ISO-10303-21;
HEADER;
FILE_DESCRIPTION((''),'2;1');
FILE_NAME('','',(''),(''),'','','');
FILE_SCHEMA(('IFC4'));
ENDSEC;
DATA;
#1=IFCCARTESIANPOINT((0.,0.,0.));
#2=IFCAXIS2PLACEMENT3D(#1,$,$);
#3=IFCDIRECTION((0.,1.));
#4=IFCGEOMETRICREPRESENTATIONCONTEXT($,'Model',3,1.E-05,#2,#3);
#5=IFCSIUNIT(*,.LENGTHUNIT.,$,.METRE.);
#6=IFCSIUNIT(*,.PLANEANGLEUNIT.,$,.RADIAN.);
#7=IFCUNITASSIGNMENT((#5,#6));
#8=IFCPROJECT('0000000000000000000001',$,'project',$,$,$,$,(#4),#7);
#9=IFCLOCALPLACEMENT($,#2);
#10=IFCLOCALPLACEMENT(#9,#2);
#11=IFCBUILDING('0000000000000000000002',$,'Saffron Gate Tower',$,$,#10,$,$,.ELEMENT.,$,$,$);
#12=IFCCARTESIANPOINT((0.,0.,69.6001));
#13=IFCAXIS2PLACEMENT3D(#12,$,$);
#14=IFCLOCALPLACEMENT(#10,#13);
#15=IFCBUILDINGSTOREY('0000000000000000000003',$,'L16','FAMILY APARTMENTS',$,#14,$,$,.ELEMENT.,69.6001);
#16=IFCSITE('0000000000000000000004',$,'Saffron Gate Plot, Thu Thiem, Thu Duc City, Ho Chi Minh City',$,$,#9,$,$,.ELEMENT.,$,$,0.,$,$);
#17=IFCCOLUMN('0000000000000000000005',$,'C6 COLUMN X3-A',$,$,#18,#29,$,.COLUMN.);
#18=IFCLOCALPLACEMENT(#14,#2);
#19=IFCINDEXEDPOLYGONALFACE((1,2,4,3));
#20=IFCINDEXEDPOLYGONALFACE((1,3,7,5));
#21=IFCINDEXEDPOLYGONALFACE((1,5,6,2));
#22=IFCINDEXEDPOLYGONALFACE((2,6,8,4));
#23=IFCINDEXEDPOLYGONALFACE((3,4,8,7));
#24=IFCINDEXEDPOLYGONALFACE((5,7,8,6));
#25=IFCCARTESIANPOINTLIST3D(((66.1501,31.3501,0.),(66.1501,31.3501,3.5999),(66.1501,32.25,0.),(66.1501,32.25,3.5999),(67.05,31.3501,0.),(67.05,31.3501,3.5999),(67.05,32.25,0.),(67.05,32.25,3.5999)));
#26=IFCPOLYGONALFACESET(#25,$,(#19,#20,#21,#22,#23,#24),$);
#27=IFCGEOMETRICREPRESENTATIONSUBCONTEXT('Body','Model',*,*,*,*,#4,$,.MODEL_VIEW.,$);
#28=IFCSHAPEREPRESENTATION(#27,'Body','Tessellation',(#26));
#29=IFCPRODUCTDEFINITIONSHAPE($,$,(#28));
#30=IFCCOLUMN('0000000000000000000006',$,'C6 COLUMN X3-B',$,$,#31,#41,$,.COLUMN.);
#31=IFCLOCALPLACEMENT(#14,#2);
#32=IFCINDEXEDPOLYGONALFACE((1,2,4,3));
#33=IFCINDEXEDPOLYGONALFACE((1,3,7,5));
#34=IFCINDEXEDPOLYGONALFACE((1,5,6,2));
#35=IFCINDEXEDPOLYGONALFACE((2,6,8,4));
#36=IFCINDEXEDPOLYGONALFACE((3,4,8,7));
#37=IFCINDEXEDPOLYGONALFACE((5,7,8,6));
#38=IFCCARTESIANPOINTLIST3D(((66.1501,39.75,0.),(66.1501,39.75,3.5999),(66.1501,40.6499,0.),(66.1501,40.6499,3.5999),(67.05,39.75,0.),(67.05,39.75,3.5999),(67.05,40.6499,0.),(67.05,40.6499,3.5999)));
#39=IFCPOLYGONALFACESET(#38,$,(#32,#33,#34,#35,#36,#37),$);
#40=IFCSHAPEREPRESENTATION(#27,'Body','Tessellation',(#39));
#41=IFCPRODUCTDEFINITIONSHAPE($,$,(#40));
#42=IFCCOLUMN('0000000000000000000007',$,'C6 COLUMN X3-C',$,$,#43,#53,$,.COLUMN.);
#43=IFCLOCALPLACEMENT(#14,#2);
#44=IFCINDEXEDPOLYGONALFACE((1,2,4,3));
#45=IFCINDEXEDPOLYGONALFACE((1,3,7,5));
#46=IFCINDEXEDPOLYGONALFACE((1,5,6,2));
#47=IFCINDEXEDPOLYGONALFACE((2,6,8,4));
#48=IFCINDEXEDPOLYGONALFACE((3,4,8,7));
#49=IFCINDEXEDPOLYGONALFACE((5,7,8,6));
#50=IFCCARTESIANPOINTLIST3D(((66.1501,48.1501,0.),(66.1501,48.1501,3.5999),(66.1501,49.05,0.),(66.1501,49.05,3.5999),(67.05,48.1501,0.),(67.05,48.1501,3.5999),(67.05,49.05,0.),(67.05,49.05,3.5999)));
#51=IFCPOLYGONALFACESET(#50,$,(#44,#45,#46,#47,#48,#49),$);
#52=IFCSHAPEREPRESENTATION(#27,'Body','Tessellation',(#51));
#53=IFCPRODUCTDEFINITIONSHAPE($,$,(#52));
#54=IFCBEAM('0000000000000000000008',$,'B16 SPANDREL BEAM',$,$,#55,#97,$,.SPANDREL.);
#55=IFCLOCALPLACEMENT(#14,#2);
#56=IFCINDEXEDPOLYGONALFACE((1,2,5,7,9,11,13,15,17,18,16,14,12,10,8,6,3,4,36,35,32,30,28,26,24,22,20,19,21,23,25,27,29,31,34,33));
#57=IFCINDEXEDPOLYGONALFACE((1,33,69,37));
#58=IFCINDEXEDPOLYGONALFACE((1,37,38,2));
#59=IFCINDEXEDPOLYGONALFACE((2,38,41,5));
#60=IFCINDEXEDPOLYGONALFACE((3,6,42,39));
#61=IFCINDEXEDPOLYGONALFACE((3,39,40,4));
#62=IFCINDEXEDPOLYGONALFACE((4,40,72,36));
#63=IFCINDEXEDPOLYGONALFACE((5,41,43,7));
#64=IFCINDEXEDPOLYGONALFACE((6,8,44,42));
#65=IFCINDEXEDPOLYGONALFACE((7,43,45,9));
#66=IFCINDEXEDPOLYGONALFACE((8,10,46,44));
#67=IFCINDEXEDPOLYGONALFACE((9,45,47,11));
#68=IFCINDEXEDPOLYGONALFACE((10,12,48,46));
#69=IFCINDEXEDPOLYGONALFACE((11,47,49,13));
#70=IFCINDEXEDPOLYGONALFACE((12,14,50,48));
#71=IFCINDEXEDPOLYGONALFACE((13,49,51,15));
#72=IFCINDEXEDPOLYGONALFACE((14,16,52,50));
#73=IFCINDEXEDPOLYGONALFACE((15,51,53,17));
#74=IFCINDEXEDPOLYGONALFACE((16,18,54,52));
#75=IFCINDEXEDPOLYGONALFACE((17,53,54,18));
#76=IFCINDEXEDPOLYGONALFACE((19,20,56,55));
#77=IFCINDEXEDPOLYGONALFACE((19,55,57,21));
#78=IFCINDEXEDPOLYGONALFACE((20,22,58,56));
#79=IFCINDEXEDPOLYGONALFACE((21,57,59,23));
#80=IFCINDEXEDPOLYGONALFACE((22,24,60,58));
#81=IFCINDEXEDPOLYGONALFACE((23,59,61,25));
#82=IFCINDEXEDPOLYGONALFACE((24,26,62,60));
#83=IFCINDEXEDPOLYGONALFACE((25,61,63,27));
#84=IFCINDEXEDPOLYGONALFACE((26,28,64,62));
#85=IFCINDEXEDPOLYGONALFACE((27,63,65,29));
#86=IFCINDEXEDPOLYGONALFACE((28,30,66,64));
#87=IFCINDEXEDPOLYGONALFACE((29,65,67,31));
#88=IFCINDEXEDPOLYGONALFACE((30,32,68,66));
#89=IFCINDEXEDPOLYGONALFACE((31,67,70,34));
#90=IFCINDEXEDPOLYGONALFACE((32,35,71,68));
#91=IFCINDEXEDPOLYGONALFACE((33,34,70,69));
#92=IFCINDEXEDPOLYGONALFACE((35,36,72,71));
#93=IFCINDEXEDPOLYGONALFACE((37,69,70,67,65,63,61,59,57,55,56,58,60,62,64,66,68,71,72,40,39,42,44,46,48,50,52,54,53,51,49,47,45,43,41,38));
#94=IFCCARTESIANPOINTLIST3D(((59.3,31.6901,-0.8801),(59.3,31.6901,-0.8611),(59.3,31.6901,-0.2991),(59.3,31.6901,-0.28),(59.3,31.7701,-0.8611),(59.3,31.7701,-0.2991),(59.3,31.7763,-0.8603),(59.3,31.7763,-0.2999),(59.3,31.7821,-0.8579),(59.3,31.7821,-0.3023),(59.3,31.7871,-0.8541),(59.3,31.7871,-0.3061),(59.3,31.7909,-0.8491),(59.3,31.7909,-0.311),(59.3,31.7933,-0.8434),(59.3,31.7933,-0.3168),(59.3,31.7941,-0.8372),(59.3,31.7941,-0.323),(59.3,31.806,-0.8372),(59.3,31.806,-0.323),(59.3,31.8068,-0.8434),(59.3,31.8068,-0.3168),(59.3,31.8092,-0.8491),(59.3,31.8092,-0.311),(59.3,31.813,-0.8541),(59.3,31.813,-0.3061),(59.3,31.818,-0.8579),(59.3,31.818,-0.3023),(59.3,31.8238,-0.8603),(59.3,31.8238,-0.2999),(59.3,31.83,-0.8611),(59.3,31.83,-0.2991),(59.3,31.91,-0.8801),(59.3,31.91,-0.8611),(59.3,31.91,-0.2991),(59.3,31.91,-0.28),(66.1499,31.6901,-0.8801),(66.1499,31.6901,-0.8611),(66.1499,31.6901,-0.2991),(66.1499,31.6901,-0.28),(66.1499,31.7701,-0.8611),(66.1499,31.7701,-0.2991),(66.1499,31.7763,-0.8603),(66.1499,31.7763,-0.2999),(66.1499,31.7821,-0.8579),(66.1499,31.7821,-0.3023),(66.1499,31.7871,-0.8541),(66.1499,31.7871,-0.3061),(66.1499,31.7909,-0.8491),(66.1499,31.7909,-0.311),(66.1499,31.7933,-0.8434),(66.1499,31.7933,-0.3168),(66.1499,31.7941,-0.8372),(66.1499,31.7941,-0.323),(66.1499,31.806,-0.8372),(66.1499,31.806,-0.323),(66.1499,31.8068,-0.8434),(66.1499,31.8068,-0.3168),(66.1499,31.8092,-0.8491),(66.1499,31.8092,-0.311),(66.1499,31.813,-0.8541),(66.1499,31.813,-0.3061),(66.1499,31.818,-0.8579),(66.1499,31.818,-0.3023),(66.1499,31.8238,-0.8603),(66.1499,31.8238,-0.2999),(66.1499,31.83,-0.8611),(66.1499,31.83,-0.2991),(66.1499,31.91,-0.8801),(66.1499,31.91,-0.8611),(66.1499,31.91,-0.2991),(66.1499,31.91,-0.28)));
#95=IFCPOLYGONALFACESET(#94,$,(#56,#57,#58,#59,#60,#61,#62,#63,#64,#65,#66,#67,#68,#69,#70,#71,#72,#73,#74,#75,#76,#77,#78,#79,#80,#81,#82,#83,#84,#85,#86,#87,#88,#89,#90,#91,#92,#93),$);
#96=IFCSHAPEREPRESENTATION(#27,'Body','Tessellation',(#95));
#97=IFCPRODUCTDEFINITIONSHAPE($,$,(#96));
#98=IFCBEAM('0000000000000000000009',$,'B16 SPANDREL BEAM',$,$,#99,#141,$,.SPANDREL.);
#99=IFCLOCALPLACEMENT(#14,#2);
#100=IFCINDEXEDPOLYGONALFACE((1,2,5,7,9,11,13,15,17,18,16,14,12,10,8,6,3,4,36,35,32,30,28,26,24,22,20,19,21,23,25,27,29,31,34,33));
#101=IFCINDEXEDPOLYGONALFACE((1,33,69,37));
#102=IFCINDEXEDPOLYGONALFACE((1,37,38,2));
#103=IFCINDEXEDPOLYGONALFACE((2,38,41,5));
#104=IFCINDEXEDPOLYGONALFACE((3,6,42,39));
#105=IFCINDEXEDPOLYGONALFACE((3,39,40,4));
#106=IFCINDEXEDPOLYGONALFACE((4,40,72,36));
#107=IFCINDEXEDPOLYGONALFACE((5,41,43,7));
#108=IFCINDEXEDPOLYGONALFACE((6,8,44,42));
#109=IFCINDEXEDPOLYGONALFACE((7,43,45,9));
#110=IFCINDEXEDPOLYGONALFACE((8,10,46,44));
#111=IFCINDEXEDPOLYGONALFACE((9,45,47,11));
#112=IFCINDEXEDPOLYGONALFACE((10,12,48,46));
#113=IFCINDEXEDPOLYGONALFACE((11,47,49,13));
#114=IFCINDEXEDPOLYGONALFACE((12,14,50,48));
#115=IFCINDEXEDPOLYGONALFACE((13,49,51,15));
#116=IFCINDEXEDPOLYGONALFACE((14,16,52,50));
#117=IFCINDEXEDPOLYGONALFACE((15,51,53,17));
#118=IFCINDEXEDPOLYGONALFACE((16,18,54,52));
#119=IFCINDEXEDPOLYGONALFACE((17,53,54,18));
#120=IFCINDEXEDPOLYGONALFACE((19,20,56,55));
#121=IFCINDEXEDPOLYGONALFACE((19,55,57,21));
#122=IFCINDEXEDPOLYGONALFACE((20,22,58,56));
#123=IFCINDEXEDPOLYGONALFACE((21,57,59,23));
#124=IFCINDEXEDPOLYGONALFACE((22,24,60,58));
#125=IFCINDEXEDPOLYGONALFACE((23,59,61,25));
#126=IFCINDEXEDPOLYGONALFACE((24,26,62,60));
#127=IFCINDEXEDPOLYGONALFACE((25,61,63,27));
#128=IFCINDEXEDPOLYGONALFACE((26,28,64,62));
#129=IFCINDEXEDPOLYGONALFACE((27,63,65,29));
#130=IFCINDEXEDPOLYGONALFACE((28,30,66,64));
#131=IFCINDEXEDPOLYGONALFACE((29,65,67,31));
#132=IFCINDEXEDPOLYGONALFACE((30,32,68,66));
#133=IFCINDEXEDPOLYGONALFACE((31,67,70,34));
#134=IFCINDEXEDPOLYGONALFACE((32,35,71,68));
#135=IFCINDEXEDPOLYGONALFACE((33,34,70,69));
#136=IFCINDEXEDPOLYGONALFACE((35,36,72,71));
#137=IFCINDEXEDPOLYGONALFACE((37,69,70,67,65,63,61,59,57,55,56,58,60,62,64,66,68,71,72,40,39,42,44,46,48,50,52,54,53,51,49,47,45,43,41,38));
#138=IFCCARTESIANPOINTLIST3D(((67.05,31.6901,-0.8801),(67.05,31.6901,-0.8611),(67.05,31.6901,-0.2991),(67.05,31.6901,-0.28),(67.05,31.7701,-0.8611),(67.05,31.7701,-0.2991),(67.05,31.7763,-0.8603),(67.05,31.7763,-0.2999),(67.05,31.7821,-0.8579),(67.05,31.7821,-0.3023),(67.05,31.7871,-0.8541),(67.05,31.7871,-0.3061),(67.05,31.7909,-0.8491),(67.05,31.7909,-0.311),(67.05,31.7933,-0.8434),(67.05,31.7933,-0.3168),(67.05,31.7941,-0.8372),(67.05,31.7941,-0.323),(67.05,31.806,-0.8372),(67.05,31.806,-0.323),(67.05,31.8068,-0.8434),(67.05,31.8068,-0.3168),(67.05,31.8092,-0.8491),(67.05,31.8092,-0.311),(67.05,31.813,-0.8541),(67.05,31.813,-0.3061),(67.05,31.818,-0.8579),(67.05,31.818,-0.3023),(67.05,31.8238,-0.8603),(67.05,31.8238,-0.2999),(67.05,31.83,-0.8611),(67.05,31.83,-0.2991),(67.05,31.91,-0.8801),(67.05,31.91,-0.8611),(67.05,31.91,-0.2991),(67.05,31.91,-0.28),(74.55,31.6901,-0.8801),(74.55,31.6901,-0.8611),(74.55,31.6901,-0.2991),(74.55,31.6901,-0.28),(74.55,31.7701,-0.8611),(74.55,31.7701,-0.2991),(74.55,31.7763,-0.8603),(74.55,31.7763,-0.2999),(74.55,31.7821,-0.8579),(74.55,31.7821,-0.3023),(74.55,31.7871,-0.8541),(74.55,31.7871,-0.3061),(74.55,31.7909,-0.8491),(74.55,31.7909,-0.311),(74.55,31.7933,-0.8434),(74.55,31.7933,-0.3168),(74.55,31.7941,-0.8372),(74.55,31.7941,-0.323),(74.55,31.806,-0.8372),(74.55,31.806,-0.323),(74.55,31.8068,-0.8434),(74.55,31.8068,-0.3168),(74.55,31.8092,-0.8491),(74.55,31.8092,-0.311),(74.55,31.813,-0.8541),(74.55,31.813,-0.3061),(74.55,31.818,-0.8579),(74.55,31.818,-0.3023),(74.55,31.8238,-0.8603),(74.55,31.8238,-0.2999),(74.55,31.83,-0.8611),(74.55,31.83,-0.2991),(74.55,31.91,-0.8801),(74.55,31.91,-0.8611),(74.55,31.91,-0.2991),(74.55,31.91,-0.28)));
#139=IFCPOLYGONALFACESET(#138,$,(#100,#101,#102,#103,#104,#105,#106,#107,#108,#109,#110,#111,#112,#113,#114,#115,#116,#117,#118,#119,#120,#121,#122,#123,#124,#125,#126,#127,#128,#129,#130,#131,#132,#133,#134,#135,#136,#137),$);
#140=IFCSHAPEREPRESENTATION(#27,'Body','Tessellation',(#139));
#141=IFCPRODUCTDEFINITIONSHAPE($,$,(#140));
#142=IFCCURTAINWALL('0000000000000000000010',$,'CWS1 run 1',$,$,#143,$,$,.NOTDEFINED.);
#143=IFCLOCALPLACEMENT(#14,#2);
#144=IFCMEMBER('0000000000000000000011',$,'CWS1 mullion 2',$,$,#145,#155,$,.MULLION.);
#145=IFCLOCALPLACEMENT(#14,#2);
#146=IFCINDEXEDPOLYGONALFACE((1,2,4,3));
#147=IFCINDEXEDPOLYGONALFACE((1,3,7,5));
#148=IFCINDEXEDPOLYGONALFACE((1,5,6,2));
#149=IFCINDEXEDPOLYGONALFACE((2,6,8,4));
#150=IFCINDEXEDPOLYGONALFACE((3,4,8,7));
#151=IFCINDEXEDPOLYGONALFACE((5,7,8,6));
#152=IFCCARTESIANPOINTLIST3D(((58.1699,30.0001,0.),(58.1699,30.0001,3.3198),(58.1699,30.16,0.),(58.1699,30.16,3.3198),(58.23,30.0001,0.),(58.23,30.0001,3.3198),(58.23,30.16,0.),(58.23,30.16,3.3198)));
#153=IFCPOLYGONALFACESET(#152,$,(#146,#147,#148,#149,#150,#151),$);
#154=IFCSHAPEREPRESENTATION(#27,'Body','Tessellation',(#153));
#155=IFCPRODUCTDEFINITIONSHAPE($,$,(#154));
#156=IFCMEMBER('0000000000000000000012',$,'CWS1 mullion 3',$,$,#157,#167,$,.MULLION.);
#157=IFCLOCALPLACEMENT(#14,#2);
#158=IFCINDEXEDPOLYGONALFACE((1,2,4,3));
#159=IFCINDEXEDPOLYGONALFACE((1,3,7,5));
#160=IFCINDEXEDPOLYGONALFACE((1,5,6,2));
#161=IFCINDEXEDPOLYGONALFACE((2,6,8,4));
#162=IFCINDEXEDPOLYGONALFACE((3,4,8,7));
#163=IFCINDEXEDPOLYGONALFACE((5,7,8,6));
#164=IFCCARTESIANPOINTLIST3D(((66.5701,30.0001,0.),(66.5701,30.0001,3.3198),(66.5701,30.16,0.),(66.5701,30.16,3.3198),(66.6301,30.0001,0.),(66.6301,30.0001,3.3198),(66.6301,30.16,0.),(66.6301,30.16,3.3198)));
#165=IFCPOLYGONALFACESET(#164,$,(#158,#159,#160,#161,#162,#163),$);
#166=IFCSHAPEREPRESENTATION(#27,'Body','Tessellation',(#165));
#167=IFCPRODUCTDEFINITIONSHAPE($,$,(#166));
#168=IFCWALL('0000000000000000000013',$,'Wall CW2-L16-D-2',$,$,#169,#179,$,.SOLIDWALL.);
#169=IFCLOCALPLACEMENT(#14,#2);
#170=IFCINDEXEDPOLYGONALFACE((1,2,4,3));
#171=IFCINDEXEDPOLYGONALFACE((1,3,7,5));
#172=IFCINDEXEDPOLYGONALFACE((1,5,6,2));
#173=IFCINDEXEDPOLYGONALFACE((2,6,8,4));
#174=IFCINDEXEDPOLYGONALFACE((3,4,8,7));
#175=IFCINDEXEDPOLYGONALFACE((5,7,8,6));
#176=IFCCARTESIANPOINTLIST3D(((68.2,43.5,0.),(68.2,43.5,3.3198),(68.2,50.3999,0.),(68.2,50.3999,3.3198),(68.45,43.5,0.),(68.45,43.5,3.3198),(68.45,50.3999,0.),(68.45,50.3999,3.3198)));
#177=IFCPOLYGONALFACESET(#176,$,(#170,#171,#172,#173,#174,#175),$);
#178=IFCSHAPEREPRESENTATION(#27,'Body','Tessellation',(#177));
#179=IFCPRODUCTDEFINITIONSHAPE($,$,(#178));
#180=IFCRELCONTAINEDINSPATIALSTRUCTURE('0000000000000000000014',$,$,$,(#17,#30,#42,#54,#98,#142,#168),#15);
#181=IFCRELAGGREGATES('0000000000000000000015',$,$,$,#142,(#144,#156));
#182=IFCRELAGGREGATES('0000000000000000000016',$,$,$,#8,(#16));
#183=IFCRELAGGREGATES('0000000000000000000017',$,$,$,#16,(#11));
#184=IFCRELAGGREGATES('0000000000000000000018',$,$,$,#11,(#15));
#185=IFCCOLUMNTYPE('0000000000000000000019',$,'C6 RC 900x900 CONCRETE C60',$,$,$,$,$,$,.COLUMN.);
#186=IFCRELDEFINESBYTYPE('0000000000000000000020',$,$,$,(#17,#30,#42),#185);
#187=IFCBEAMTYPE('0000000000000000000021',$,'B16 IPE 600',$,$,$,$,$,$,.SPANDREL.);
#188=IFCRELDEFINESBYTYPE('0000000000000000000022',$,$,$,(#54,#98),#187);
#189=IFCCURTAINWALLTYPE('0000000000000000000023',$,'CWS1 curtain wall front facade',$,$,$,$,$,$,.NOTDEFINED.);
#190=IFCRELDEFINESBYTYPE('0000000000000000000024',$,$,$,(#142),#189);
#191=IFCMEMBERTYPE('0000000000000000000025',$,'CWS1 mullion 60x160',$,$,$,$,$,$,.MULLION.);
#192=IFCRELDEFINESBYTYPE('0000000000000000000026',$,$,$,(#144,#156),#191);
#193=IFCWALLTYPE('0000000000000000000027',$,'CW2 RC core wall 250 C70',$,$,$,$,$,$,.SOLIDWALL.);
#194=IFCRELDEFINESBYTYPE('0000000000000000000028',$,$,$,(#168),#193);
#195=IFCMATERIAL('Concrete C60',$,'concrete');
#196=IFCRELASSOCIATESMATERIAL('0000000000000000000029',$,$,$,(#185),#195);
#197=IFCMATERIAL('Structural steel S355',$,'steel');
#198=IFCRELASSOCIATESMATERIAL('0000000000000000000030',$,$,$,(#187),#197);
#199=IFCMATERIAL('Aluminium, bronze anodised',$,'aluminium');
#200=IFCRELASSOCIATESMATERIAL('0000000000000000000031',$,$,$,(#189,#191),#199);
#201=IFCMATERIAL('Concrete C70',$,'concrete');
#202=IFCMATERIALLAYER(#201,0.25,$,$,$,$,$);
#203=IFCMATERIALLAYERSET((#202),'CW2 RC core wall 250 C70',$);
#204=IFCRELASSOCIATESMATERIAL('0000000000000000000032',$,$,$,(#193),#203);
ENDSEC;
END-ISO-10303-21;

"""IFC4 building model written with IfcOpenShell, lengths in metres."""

from ifc_helpers import new_model, si_unit, direction, frame, frame_2d, origin, origin_2d, place, context, subcontext, project, spatial, rectangle, i_section, extrude, material, layer, layer_set, material_profile, profile_set, type_object, element, aggregate, save


model = new_model("IFC4")

# Units and contexts
model_context = context("Model", 3, precision=1e-05, world=origin(), true_north=direction((0.0, 1.0)))
body_context = subcontext(model_context, "Body", "Model", "MODEL_VIEW")
ifc_project = project(units=[si_unit("LENGTHUNIT", "METRE"), si_unit("PLANEANGLEUNIT", "RADIAN")], contexts=[model_context])

# Site, building, storey
site_placement = place(None, origin())
site = spatial("IfcSite", under=ifc_project, at=site_placement, Name="Saffron Gate Plot, Thu Thiem, Thu Duc City, Ho Chi Minh City", CompositionType="ELEMENT", RefElevation=0.0)
building_placement = place(site_placement, origin())
building = spatial("IfcBuilding", under=site, at=building_placement, Name="Saffron Gate Tower", CompositionType="ELEMENT")
storey_placement = place(building_placement, frame((0.0, 0.0, 69.6001)))
storey = spatial("IfcBuildingStorey", under=building, at=storey_placement, Name="L16", Description="FAMILY APARTMENTS", CompositionType="ELEMENT", Elevation=69.6001)

# Columns
ifc_material_1 = material(Name="Concrete C60", Category="concrete")
ifc_material_profile_1 = material_profile(ifc_material_1, rectangle(XDim=0.8999, YDim=0.8999, at=origin_2d()))
ifc_profile_set_1 = profile_set([ifc_material_profile_1], Name="Concrete C60")
column_type = type_object("IfcColumnType", Name="C6 RC 900x900 CONCRETE C60", PredefinedType="COLUMN", material=ifc_profile_set_1)
for number, where, z_axis, x_axis, name in (
    (1, (66.6001, 31.8, 0.0), (0.0, 0.0, 1.0), (1.0, 0.0, 0.0), "C6 COLUMN X3-A"),
    (2, (66.6001, 40.2, 0.0), (0.0, 0.0, 1.0), (1.0, 0.0, 0.0), "C6 COLUMN X3-B"),
    (3, (66.6001, 48.6001, 0.0), (0.0, 0.0, 1.0), (1.0, 0.0, 0.0), "C6 COLUMN X3-C"),
):
    element("IfcColumn", number, at=place(storey_placement, frame(where, z_axis=z_axis, x_axis=x_axis)), inside=storey, type_object=column_type, Name=name, PredefinedType="COLUMN", context=body_context, shape_type="SweptSolid", body=[
        extrude(rectangle(XDim=0.8999, YDim=0.8999, at=origin_2d()), origin(), (0.0, 0.0, 1.0), 3.5999),
    ])

# Beams
ifc_material_2 = material(Name="Structural steel S355", Category="steel")
ifc_material_profile_2 = material_profile(ifc_material_2, i_section(OverallWidth=0.22, OverallDepth=0.6001, WebThickness=0.012, FlangeThickness=0.019, FilletRadius=0.0239, at=origin_2d()))
ifc_profile_set_2 = profile_set([ifc_material_profile_2], Name="Structural steel S355")
beam_type = type_object("IfcBeamType", Name="B16 IPE 600", PredefinedType="SPANDREL", material=ifc_profile_set_2)
beam_1_placement = place(storey_placement, frame((59.3, 31.8, -0.5801), z_axis=(1.0, 0.0, 0.0), x_axis=(0.0, 1.0, 0.0)))
element("IfcBeam", 4, at=beam_1_placement, inside=storey, type_object=beam_type, Name="B16 SPANDREL BEAM", PredefinedType="SPANDREL", context=body_context, shape_type="SweptSolid", body=[
    extrude(i_section(OverallWidth=0.22, OverallDepth=0.6001, WebThickness=0.012, FlangeThickness=0.019, FilletRadius=0.0239, at=origin_2d()), origin(), (0.0, 0.0, 1.0), 6.8499),
])
beam_2_placement = place(storey_placement, frame((67.05, 31.8, -0.5801), z_axis=(1.0, 0.0, 0.0), x_axis=(0.0, 1.0, 0.0)))
element("IfcBeam", 5, at=beam_2_placement, inside=storey, type_object=beam_type, Name="B16 SPANDREL BEAM", PredefinedType="SPANDREL", context=body_context, shape_type="SweptSolid", body=[
    extrude(i_section(OverallWidth=0.22, OverallDepth=0.6001, WebThickness=0.012, FlangeThickness=0.019, FilletRadius=0.0239, at=origin_2d()), origin(), (0.0, 0.0, 1.0), 7.5),
])

# Curtain wall, members
ifc_material_3 = material(Name="Aluminium, bronze anodised", Category="aluminium")
curtain_wall_type = type_object("IfcCurtainWallType", Name="CWS1 curtain wall front facade", PredefinedType="NOTDEFINED", material=ifc_material_3)
curtain_wall_placement = place(storey_placement, origin())
curtain_wall = element("IfcCurtainWall", 6, at=curtain_wall_placement, inside=storey, type_object=curtain_wall_type, Name="CWS1 run 1", PredefinedType="NOTDEFINED")
ifc_material_profile_3 = material_profile(ifc_material_3, rectangle(XDim=0.1599, YDim=0.0601, at=origin_2d()))
ifc_profile_set_3 = profile_set([ifc_material_profile_3], Name="Aluminium, bronze anodised")
member_type = type_object("IfcMemberType", Name="CWS1 mullion 60x160", PredefinedType="MULLION", material=ifc_profile_set_3)
member_1_placement = place(storey_placement, frame((58.2, 30.0801, 0.0), z_axis=(0.0, 0.0, 1.0), x_axis=(0.0, 1.0, 0.0)))
member_1 = element("IfcMember", 7, at=member_1_placement, type_object=member_type, Name="CWS1 mullion 2", PredefinedType="MULLION", context=body_context, shape_type="SweptSolid", body=[
    extrude(rectangle(XDim=0.1599, YDim=0.0601, at=origin_2d()), origin(), (0.0, 0.0, 1.0), 3.3198),
])
member_2_placement = place(storey_placement, frame((66.6001, 30.0801, 0.0), z_axis=(0.0, 0.0, 1.0), x_axis=(0.0, 1.0, 0.0)))
member_2 = element("IfcMember", 8, at=member_2_placement, type_object=member_type, Name="CWS1 mullion 3", PredefinedType="MULLION", context=body_context, shape_type="SweptSolid", body=[
    extrude(rectangle(XDim=0.1599, YDim=0.0601, at=origin_2d()), origin(), (0.0, 0.0, 1.0), 3.3198),
])
aggregate(curtain_wall, [member_1, member_2])

# Wall
ifc_material_4 = material(Name="Concrete C70", Category="concrete")
ifc_layer_1 = layer(ifc_material_4, 0.25)
ifc_layer_set_1 = layer_set([ifc_layer_1], Name="CW2 RC core wall 250 C70")
wall_type_1 = type_object("IfcWallType", Name="CW2 RC core wall 250 C70", PredefinedType="SOLIDWALL", material=ifc_layer_set_1)
wall_1_placement = place(storey_placement, frame((68.325, 43.5, 0.0), z_axis=(0.0, 0.0, 1.0), x_axis=(0.0, 1.0, 0.0)))
element("IfcWall", 9, at=wall_1_placement, inside=storey, type_object=wall_type_1, Name="Wall CW2-L16-D-2", PredefinedType="SOLIDWALL", context=body_context, shape_type="SweptSolid", body=[
    extrude(rectangle(XDim=6.8999, YDim=0.25, at=frame_2d((3.45, 0.0))), origin(), (0.0, 0.0, 1.0), 3.3198),
])

save(model, "model.ifc")
